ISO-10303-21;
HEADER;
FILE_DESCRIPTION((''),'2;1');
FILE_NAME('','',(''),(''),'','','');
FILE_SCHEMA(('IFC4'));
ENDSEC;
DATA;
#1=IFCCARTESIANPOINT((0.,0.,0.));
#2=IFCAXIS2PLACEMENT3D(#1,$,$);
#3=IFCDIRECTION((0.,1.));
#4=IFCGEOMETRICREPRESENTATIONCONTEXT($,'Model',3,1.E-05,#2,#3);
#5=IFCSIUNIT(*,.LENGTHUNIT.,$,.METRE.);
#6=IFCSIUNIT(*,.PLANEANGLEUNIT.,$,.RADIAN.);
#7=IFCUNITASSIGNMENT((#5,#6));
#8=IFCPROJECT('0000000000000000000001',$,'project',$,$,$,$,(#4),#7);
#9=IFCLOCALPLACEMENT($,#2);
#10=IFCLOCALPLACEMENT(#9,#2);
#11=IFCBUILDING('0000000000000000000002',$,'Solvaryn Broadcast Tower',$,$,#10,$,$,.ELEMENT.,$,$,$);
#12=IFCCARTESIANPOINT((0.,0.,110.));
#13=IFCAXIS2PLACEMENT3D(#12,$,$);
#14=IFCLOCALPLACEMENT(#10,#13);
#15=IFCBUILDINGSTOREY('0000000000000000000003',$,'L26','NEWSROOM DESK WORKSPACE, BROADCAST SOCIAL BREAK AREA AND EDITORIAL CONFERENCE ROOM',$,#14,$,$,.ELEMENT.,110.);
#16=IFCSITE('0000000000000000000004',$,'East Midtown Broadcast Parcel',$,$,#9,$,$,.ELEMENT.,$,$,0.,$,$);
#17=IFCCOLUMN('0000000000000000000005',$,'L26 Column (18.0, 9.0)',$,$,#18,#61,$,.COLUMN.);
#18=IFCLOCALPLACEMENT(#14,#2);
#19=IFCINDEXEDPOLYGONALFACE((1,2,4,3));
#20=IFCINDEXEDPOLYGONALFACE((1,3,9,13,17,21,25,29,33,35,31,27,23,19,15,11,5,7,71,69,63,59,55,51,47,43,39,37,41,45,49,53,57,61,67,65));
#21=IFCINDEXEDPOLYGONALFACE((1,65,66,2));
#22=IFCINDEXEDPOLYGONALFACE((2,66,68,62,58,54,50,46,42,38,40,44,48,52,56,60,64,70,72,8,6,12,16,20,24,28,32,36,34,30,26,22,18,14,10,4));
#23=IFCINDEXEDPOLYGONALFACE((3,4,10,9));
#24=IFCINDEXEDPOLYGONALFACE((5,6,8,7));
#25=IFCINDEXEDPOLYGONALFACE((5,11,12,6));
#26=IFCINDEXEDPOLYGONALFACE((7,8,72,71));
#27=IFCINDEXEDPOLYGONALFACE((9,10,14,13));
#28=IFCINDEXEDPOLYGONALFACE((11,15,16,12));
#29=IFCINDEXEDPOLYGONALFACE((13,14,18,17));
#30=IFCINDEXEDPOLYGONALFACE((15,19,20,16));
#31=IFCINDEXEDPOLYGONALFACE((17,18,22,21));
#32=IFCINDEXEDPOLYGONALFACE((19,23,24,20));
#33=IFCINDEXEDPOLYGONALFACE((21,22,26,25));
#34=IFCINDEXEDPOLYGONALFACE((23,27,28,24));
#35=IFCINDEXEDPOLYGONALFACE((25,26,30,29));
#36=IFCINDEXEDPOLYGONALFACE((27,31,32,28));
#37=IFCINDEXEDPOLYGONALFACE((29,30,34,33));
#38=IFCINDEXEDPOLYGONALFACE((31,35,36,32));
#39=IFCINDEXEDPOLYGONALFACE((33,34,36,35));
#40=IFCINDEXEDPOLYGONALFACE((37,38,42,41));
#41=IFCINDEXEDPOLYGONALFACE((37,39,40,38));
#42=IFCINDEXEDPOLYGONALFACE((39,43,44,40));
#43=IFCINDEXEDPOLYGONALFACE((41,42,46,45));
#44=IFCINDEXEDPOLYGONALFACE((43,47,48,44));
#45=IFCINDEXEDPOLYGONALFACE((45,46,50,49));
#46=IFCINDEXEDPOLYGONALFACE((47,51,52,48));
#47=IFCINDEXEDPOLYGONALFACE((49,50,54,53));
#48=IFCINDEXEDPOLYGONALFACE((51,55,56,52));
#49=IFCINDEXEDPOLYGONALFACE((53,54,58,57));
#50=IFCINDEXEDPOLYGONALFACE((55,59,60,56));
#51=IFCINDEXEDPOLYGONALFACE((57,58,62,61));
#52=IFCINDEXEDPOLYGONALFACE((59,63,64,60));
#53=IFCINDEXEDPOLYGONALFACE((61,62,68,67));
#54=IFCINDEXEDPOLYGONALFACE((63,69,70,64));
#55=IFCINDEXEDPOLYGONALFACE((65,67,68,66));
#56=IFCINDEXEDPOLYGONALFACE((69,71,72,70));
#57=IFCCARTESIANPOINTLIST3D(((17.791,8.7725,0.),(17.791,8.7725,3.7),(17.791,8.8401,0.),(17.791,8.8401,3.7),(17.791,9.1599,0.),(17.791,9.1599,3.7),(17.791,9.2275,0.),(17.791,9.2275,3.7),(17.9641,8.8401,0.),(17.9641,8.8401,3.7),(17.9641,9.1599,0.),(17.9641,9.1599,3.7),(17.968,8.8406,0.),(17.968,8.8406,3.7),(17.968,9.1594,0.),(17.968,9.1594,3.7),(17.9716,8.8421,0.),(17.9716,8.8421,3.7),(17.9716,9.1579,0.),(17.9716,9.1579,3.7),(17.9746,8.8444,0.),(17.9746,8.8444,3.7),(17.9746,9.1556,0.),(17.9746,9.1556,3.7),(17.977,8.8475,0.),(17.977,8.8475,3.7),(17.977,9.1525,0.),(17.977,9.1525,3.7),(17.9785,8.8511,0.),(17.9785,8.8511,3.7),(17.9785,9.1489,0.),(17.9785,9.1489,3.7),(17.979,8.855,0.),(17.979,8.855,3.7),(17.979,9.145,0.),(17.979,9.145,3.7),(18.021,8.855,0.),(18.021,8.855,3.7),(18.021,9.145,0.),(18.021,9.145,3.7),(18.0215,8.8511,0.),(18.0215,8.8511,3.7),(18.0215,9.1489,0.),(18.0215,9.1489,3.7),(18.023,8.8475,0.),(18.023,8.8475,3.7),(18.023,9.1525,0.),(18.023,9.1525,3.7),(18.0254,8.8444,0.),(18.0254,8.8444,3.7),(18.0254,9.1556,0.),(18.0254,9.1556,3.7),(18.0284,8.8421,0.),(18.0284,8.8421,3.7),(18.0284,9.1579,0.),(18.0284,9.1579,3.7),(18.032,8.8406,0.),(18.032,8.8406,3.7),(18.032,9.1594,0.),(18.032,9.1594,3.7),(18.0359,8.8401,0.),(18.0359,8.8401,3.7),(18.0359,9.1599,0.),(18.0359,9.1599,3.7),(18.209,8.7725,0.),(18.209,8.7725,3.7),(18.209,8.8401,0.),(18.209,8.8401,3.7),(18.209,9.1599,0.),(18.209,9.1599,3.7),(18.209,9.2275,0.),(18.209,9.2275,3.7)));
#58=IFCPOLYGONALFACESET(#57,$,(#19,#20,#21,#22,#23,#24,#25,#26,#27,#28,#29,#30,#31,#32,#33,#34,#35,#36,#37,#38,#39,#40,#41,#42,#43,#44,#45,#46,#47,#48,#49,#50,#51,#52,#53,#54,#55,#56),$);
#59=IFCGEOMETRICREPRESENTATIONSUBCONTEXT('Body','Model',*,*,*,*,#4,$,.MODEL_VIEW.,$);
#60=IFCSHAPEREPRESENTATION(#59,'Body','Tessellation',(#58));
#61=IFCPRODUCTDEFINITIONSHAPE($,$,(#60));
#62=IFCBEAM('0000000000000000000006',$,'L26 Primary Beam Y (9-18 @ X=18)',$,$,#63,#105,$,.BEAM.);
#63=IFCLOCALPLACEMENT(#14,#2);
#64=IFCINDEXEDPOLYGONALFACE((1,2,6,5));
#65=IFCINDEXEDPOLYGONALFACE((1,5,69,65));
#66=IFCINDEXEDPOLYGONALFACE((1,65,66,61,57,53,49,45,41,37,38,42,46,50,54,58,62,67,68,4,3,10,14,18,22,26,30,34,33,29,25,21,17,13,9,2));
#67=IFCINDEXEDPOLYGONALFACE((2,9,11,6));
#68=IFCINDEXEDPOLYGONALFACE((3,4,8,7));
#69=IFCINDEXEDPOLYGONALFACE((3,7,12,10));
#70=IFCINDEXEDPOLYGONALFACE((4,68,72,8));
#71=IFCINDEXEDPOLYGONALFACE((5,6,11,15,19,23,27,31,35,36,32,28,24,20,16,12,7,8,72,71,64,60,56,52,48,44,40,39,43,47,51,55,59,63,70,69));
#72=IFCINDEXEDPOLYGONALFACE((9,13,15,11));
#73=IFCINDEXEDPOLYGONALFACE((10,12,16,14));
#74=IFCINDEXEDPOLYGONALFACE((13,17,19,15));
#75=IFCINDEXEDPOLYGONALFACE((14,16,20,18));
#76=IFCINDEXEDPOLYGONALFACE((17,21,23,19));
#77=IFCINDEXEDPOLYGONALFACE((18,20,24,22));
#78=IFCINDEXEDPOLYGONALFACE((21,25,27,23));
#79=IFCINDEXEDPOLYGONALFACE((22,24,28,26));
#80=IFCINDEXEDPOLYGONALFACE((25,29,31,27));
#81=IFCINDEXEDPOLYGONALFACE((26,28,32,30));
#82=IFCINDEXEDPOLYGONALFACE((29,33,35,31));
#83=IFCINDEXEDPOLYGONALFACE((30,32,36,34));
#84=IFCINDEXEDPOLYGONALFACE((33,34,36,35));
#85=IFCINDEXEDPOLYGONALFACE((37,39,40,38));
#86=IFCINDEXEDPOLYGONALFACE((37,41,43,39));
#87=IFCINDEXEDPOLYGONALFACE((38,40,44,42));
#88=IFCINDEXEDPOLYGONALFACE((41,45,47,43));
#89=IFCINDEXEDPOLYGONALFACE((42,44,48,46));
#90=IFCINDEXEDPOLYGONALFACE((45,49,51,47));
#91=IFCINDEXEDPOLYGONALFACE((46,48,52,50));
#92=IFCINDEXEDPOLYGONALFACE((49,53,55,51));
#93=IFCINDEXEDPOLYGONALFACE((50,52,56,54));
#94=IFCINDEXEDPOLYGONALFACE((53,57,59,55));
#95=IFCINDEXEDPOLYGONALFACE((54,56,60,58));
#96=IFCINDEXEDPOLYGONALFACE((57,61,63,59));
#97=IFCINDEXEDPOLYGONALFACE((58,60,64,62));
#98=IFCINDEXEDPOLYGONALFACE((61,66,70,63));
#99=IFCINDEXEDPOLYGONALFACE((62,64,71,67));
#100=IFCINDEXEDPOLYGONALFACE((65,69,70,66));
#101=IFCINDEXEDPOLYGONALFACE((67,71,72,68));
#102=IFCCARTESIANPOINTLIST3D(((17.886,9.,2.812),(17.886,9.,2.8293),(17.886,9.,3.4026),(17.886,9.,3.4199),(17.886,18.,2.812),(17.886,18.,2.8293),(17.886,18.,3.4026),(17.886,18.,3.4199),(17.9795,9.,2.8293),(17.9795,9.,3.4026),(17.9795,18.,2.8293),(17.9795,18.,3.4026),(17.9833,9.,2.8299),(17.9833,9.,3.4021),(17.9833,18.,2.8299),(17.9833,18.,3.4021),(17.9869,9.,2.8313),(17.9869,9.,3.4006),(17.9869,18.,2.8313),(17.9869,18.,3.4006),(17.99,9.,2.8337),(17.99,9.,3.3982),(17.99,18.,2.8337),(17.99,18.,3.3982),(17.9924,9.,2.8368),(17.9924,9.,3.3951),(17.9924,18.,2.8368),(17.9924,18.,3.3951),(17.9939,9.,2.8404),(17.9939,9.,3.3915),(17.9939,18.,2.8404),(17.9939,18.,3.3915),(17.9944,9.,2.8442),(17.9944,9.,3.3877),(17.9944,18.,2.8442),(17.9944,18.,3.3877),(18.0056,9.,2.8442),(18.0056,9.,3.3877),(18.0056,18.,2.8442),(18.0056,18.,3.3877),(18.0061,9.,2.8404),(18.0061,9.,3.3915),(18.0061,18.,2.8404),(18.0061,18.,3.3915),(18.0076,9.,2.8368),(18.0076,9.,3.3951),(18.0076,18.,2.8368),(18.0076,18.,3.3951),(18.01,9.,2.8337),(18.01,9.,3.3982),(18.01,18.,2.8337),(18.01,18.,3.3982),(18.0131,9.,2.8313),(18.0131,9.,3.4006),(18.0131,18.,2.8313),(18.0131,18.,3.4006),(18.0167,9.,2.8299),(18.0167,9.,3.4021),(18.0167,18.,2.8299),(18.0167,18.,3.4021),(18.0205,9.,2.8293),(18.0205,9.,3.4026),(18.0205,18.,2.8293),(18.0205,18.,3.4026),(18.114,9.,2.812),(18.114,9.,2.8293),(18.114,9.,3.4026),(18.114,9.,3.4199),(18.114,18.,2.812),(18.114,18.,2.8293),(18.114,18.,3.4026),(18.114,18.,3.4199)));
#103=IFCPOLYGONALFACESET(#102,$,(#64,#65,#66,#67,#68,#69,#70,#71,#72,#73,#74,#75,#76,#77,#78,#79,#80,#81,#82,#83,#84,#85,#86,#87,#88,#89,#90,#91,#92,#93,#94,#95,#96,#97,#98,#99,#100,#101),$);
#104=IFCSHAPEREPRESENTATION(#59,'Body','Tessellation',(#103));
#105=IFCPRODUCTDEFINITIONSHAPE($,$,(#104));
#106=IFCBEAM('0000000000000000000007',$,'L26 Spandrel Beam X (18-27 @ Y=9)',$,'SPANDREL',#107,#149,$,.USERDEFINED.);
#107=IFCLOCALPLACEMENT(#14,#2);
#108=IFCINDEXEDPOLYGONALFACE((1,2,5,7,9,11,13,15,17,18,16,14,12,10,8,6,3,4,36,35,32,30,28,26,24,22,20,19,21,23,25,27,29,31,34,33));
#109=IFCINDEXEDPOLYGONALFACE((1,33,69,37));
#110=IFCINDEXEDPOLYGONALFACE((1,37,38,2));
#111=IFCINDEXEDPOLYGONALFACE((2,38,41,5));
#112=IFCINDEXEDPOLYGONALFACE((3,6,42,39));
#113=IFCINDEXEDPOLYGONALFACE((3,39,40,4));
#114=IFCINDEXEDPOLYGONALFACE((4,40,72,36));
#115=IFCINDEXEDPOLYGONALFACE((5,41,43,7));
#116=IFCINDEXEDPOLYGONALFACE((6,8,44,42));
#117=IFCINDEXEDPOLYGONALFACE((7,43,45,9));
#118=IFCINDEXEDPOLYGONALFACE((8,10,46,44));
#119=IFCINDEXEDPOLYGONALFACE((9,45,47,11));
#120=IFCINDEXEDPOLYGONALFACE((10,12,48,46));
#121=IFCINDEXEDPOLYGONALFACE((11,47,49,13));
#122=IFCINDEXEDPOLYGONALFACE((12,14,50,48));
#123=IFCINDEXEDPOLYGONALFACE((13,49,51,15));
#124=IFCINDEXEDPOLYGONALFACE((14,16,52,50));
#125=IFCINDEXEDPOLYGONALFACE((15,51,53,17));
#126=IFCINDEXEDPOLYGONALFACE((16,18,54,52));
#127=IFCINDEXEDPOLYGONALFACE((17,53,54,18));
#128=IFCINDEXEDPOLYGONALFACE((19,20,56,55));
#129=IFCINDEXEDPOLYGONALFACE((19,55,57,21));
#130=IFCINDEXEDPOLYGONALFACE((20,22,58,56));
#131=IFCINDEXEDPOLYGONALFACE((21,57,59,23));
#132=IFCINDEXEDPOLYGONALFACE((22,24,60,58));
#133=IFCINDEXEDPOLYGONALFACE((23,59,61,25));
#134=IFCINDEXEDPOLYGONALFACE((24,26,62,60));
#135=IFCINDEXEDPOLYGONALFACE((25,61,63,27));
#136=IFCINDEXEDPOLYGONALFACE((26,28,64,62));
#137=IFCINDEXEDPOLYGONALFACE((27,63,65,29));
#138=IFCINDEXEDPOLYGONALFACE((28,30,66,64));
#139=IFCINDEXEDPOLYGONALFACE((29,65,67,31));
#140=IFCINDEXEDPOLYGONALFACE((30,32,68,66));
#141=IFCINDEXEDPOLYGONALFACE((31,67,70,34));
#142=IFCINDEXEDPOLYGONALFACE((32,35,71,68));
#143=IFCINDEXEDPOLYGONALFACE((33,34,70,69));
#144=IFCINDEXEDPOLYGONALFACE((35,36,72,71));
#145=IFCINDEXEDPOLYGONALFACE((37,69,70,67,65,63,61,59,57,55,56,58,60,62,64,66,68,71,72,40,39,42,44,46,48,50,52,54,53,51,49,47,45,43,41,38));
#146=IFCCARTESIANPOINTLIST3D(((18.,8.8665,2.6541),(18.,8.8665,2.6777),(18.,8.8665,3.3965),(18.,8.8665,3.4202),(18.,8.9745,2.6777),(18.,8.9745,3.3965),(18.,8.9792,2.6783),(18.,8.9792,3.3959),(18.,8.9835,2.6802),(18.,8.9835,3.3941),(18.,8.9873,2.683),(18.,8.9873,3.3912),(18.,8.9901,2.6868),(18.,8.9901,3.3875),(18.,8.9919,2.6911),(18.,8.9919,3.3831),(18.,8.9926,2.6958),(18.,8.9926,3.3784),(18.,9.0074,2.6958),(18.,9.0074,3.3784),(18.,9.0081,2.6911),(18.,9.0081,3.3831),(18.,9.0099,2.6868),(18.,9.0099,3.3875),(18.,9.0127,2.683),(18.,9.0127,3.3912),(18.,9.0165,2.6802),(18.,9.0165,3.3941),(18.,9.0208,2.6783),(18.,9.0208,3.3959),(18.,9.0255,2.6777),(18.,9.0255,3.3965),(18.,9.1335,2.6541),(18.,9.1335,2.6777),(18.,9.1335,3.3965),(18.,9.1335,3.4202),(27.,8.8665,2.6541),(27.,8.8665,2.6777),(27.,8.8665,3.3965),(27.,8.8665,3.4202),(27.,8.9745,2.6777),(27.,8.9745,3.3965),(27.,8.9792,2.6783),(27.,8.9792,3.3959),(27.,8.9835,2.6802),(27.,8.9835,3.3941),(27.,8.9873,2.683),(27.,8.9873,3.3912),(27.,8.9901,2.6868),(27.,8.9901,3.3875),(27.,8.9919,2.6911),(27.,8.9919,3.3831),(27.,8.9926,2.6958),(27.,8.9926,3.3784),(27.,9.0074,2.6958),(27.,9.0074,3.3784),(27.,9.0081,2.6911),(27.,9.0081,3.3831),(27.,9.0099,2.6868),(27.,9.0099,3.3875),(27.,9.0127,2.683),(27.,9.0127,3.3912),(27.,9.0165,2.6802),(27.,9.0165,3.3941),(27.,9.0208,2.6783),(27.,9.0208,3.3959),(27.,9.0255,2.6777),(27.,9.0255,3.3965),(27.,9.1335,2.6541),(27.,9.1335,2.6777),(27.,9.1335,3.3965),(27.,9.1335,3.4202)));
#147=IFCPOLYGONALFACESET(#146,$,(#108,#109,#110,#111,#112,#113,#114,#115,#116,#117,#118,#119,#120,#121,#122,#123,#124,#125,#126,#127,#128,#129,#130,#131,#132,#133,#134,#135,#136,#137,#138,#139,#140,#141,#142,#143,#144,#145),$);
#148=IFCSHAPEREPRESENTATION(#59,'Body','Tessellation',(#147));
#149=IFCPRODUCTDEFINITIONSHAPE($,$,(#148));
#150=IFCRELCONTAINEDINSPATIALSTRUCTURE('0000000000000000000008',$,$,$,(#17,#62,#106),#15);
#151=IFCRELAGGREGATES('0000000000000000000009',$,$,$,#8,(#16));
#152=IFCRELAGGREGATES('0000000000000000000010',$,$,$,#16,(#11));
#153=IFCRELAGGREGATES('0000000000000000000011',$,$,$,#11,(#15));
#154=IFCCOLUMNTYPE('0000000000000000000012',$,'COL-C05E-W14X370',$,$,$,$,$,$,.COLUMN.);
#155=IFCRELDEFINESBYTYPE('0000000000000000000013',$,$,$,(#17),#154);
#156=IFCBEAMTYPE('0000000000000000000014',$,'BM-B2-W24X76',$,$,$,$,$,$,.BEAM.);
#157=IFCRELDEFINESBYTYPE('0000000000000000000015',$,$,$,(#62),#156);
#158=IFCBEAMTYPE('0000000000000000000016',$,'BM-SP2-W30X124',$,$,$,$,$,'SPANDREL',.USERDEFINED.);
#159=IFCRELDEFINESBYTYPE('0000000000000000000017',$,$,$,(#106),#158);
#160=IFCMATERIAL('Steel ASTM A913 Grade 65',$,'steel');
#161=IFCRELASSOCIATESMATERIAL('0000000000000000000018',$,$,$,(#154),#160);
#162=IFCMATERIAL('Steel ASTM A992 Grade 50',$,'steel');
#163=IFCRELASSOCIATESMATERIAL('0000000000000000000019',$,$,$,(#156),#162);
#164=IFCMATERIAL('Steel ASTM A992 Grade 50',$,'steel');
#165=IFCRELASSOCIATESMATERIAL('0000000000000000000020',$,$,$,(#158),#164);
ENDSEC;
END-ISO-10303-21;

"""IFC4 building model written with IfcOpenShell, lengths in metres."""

from ifc_helpers import new_model, si_unit, direction, frame, origin, origin_2d, place, context, subcontext, project, spatial, i_section, extrude, material, material_profile, profile_set, type_object, element, save


model = new_model("IFC4")

# Units and contexts
model_context = context("Model", 3, precision=1e-05, world=origin(), true_north=direction((0.0, 1.0)))
body_context = subcontext(model_context, "Body", "Model", "MODEL_VIEW")
ifc_project = project(units=[si_unit("LENGTHUNIT", "METRE"), si_unit("PLANEANGLEUNIT", "RADIAN")], contexts=[model_context])

# Site, building, storey
site_placement = place(None, origin())
site = spatial("IfcSite", under=ifc_project, at=site_placement, Name="East Midtown Broadcast Parcel", CompositionType="ELEMENT", RefElevation=0.0)
building_placement = place(site_placement, origin())
building = spatial("IfcBuilding", under=site, at=building_placement, Name="Solvaryn Broadcast Tower", CompositionType="ELEMENT")
storey_placement = place(building_placement, frame((0.0, 0.0, 110.0)))
storey = spatial("IfcBuildingStorey", under=building, at=storey_placement, Name="L26", Description="NEWSROOM DESK WORKSPACE, BROADCAST SOCIAL BREAK AREA AND EDITORIAL CONFERENCE ROOM", CompositionType="ELEMENT", Elevation=110.0)

# Column
ifc_material_1 = material(Name="Steel ASTM A913 Grade 65", Category="steel")
ifc_material_profile_1 = material_profile(ifc_material_1, i_section(OverallWidth=0.418, OverallDepth=0.4551, WebThickness=0.042, FlangeThickness=0.0676, FilletRadius=0.0149, at=origin_2d()))
ifc_profile_set_1 = profile_set([ifc_material_profile_1], Name="Steel ASTM A913 Grade 65")
column_type = type_object("IfcColumnType", Name="COL-C05E-W14X370", PredefinedType="COLUMN", material=ifc_profile_set_1)
column_placement = place(storey_placement, frame((18.0, 9.0, 0.0), z_axis=(0.0, 0.0, 1.0), x_axis=(1.0, 0.0, 0.0)))
element("IfcColumn", 1, at=column_placement, inside=storey, type_object=column_type, Name="L26 Column (18.0, 9.0)", PredefinedType="COLUMN", context=body_context, shape_type="SweptSolid", body=[
    extrude(i_section(OverallWidth=0.418, OverallDepth=0.4551, WebThickness=0.042, FlangeThickness=0.0676, FilletRadius=0.0149, at=origin_2d()), origin(), (0.0, 0.0, 1.0), 3.7),
])

# Beams
ifc_material_2 = material(Name="Steel ASTM A992 Grade 50", Category="steel")
ifc_material_profile_2 = material_profile(ifc_material_2, i_section(OverallWidth=0.228, OverallDepth=0.6079, WebThickness=0.0112, FlangeThickness=0.0173, FilletRadius=0.0149, at=origin_2d()))
ifc_profile_set_2 = profile_set([ifc_material_profile_2], Name="Steel ASTM A992 Grade 50")
beam_type_1 = type_object("IfcBeamType", Name="BM-B2-W24X76", PredefinedType="BEAM", material=ifc_profile_set_2)
beam_1_placement = place(storey_placement, frame((18.0, 9.0, 3.116), z_axis=(0.0, 1.0, 0.0), x_axis=(-1.0, 0.0, 0.0)))
element("IfcBeam", 2, at=beam_1_placement, inside=storey, type_object=beam_type_1, Name="L26 Primary Beam Y (9-18 @ X=18)", PredefinedType="BEAM", context=body_context, shape_type="SweptSolid", body=[
    extrude(i_section(OverallWidth=0.228, OverallDepth=0.6079, WebThickness=0.0112, FlangeThickness=0.0173, FilletRadius=0.0149, at=origin_2d()), origin(), (0.0, 0.0, 1.0), 9.0),
])
ifc_material_3 = material(Name="Steel ASTM A992 Grade 50", Category="steel")
ifc_material_profile_3 = material_profile(ifc_material_3, i_section(OverallWidth=0.2671, OverallDepth=0.7661, WebThickness=0.0149, FlangeThickness=0.0237, FilletRadius=0.0181, at=origin_2d()))
ifc_profile_set_3 = profile_set([ifc_material_profile_3], Name="Steel ASTM A992 Grade 50")
beam_type_2 = type_object("IfcBeamType", Name="BM-SP2-W30X124", ElementType="SPANDREL", PredefinedType="USERDEFINED", material=ifc_profile_set_3)
beam_2_placement = place(storey_placement, frame((18.0, 9.0, 3.0371), z_axis=(1.0, 0.0, 0.0), x_axis=(0.0, 1.0, 0.0)))
element("IfcBeam", 3, at=beam_2_placement, inside=storey, type_object=beam_type_2, Name="L26 Spandrel Beam X (18-27 @ Y=9)", ObjectType="SPANDREL", PredefinedType="USERDEFINED", context=body_context, shape_type="SweptSolid", body=[
    extrude(i_section(OverallWidth=0.2671, OverallDepth=0.7661, WebThickness=0.0149, FlangeThickness=0.0237, FilletRadius=0.0181, at=origin_2d()), origin(), (0.0, 0.0, 1.0), 9.0),
])

save(model, "model.ifc")
